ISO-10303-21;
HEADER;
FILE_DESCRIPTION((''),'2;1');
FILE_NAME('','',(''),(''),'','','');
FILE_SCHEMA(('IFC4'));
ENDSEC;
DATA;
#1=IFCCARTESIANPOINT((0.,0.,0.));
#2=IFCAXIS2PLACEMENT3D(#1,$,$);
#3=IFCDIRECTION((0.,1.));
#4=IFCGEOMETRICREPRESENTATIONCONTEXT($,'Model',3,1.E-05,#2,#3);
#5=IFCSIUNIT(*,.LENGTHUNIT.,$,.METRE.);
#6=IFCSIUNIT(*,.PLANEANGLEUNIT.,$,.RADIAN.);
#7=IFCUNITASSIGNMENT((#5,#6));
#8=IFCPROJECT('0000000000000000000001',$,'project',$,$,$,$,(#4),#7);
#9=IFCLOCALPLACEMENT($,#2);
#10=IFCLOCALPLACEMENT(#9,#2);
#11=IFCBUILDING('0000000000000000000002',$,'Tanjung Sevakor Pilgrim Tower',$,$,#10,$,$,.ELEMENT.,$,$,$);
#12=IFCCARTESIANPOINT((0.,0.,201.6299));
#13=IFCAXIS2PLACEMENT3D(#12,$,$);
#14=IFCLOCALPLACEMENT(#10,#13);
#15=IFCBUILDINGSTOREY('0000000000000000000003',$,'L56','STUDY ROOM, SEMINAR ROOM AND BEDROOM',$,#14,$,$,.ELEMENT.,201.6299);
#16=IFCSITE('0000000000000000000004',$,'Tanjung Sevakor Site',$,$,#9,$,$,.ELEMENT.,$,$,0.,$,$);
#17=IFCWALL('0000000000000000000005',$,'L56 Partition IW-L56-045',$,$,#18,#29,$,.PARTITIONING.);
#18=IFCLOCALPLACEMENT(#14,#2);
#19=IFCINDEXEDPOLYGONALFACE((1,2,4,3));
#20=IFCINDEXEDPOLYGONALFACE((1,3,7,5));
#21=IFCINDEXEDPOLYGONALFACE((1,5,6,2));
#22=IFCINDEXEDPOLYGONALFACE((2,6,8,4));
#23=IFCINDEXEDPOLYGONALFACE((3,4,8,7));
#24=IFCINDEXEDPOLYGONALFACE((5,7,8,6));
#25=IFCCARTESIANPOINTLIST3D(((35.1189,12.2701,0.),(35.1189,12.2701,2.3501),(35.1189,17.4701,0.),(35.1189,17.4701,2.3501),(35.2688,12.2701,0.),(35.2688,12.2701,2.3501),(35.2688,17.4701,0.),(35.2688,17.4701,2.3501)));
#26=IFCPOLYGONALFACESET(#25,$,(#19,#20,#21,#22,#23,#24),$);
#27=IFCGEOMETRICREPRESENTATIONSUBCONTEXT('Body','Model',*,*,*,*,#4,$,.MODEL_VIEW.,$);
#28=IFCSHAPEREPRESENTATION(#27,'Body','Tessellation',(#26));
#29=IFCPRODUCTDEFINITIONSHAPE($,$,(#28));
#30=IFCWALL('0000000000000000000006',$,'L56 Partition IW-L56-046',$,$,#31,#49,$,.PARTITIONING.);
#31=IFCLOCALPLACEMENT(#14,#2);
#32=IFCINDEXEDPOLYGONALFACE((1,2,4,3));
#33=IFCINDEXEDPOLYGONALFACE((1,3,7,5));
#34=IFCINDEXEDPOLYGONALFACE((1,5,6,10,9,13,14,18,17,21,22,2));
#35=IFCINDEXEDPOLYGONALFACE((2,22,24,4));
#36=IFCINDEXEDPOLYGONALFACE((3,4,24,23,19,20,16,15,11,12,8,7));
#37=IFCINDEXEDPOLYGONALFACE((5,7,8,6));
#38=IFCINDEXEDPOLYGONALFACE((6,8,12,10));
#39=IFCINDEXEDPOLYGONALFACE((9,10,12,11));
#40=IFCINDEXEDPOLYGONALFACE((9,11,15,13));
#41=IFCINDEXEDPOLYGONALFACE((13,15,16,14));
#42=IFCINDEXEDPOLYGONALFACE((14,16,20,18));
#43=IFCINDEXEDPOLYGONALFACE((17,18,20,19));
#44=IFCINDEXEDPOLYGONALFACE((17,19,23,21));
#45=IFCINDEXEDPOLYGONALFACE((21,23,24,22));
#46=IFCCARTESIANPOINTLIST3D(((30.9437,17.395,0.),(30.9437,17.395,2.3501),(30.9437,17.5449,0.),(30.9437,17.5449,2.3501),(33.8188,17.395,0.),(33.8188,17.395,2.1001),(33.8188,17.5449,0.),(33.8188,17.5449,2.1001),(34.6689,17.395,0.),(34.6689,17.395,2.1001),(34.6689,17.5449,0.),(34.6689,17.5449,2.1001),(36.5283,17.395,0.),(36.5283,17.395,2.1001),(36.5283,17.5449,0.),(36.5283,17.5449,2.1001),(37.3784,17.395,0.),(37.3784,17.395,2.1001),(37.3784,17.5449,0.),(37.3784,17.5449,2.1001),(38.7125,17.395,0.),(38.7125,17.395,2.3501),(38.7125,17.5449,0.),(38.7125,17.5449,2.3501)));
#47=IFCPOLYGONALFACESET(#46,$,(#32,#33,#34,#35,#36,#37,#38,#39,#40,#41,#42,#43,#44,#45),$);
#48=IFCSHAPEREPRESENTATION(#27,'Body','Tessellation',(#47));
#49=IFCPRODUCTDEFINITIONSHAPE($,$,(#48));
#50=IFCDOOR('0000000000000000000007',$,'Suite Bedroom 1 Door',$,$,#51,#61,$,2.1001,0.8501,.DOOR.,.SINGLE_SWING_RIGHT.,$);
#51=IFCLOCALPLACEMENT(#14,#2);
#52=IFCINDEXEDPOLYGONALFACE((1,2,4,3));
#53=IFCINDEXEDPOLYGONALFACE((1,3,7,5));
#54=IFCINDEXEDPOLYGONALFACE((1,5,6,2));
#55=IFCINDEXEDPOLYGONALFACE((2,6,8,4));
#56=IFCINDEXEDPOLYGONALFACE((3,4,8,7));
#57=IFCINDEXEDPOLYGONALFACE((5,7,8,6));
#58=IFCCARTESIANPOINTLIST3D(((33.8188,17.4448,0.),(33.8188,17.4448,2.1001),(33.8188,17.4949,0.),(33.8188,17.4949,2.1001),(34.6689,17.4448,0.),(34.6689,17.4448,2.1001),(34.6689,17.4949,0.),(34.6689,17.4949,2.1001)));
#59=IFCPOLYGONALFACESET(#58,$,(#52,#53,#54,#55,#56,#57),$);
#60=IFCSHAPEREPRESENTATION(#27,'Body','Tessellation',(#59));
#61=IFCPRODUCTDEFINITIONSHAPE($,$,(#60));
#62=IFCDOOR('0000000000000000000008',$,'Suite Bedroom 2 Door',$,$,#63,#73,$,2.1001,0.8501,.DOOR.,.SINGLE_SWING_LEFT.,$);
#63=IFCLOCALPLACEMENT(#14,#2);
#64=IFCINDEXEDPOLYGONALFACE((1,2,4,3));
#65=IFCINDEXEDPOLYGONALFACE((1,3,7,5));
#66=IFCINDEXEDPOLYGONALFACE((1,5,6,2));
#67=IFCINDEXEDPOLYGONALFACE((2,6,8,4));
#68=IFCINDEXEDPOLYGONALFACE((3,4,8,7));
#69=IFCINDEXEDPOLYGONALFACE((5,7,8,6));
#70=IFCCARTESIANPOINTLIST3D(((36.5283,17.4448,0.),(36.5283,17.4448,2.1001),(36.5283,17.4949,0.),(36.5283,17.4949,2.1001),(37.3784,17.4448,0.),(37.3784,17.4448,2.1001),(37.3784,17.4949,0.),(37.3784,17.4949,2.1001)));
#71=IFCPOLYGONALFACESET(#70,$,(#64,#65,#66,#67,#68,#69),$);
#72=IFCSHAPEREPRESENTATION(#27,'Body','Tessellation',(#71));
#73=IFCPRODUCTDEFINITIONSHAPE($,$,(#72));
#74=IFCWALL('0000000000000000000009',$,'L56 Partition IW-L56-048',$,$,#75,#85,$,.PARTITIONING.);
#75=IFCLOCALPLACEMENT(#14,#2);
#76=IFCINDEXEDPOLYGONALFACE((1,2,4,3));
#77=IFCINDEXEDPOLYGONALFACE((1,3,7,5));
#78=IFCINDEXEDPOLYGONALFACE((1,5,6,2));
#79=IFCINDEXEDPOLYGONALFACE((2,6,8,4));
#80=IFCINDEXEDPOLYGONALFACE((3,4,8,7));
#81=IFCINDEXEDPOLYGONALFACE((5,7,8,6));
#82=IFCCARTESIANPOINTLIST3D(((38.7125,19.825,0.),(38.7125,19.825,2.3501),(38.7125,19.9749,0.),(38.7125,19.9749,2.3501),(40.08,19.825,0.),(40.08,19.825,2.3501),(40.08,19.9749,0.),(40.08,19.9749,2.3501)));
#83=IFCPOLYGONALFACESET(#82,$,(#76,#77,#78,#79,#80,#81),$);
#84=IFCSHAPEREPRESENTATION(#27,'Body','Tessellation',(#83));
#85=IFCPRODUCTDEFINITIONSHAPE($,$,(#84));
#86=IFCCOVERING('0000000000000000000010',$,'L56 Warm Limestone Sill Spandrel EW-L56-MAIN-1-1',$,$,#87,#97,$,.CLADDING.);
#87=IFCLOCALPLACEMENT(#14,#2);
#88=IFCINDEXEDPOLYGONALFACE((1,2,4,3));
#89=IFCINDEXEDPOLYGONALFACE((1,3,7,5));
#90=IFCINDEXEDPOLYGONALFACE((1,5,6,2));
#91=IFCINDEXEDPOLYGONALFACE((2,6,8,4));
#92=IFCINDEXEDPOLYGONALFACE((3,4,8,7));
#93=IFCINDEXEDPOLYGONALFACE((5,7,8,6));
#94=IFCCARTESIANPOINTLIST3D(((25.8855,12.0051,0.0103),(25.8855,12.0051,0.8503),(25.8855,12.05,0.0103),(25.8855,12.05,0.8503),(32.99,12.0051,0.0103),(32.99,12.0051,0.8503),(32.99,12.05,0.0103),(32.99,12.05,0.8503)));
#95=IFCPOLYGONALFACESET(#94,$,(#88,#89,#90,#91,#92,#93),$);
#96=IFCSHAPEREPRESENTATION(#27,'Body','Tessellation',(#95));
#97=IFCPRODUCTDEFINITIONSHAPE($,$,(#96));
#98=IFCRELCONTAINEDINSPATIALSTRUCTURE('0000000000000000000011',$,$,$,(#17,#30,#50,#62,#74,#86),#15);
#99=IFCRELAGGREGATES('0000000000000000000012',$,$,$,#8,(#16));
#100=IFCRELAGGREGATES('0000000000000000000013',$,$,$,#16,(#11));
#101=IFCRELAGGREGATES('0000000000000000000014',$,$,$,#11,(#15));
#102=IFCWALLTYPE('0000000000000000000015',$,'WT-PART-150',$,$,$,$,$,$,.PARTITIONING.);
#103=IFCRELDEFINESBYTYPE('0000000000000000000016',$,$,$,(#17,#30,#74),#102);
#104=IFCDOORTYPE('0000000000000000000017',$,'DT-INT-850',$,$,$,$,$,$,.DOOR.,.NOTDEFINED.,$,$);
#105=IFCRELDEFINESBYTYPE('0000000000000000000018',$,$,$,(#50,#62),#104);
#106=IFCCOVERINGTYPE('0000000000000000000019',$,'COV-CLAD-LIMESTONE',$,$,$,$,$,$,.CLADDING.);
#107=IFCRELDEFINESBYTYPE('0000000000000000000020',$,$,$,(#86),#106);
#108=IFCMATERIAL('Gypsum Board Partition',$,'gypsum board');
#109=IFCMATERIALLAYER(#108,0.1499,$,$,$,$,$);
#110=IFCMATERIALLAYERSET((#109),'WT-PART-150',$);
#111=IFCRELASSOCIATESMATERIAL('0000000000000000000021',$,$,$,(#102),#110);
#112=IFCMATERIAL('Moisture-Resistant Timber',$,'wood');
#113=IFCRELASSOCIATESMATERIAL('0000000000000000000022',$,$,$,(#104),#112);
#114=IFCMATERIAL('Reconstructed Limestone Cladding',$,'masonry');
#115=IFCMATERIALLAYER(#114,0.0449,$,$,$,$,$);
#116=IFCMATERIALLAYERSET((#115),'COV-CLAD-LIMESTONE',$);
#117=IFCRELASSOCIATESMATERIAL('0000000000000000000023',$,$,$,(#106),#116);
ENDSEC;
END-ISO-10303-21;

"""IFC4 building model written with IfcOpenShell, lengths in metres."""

from ifc_helpers import new_model, si_unit, direction, frame, frame_2d, origin, origin_2d, place, context, subcontext, project, spatial, rectangle, extrude, material, layer, layer_set, type_object, element, fill, save


model = new_model("IFC4")

# Units and contexts
model_context = context("Model", 3, precision=1e-05, world=origin(), true_north=direction((0.0, 1.0)))
body_context = subcontext(model_context, "Body", "Model", "MODEL_VIEW")
ifc_project = project(units=[si_unit("LENGTHUNIT", "METRE"), si_unit("PLANEANGLEUNIT", "RADIAN")], contexts=[model_context])

# Site, building, storey
site_placement = place(None, origin())
site = spatial("IfcSite", under=ifc_project, at=site_placement, Name="Tanjung Sevakor Site", CompositionType="ELEMENT", RefElevation=0.0)
building_placement = place(site_placement, origin())
building = spatial("IfcBuilding", under=site, at=building_placement, Name="Tanjung Sevakor Pilgrim Tower", CompositionType="ELEMENT")
storey_placement = place(building_placement, frame((0.0, 0.0, 201.6299)))
storey = spatial("IfcBuildingStorey", under=building, at=storey_placement, Name="L56", Description="STUDY ROOM, SEMINAR ROOM AND BEDROOM", CompositionType="ELEMENT", Elevation=201.6299)

# Shared definitions
ifc_material_1 = material(Name="Gypsum Board Partition", Category="gypsum board")
ifc_layer_1 = layer(ifc_material_1, 0.1499)
ifc_layer_set_1 = layer_set([ifc_layer_1], Name="WT-PART-150")
wall_type_1 = type_object("IfcWallType", Name="WT-PART-150", PredefinedType="PARTITIONING", material=ifc_layer_set_1)

# Shared definitions
ifc_material_2 = material(Name="Moisture-Resistant Timber", Category="wood")
door_type_1 = type_object("IfcDoorType", Name="DT-INT-850", OperationType="NOTDEFINED", PredefinedType="DOOR", material=ifc_material_2)

# Wall
wall_1_placement = place(storey_placement, frame((35.1938, 12.27, 0.0), z_axis=(0.0, 0.0, 1.0), x_axis=(0.0, 1.0, 0.0)))
element("IfcWall", 1, at=wall_1_placement, inside=storey, type_object=wall_type_1, Name="L56 Partition IW-L56-045", PredefinedType="PARTITIONING", context=body_context, shape_type="SweptSolid", body=[
    extrude(rectangle(XDim=5.2, YDim=0.1499, at=frame_2d((2.6001, 0.0))), origin(), (0.0, 0.0, 1.0), 2.3501),
])

# Wall, openings, doors
wall_2_placement = place(storey_placement, frame((30.9438, 17.47, 0.0), z_axis=(0.0, 0.0, 1.0), x_axis=(1.0, 0.0, 0.0)))
wall_2 = element("IfcWall", 2, at=wall_2_placement, inside=storey, type_object=wall_type_1, Name="L56 Partition IW-L56-046", PredefinedType="PARTITIONING", context=body_context, shape_type="SweptSolid", body=[
    extrude(rectangle(XDim=7.7688, YDim=0.1499, at=frame_2d((3.8843, 0.0))), origin(), (0.0, 0.0, 1.0), 2.3501),
])
opening_1_placement = place(wall_2_placement, frame((2.875, 0.0, 0.0)))
opening_1 = element("IfcOpeningElement", 3, at=opening_1_placement, cuts=wall_2, PredefinedType="OPENING", context=body_context, shape_type="SweptSolid", body=[
    extrude(rectangle(XDim=0.8501, YDim=2.1001, at=frame_2d((0.425, 1.05))), frame((0.0, 0.085, 0.0), z_axis=(0.0, -1.0, 0.0), x_axis=(1.0, 0.0, 0.0)), (0.0, 0.0, 1.0), 0.1699),
])
opening_2_placement = place(wall_2_placement, frame((5.5845, 0.0, 0.0)))
opening_2 = element("IfcOpeningElement", 4, at=opening_2_placement, cuts=wall_2, PredefinedType="OPENING", context=body_context, shape_type="SweptSolid", body=[
    extrude(rectangle(XDim=0.8501, YDim=2.1001, at=frame_2d((0.425, 1.05))), frame((0.0, 0.085, 0.0), z_axis=(0.0, -1.0, 0.0), x_axis=(1.0, 0.0, 0.0)), (0.0, 0.0, 1.0), 0.1699),
])
door_1_placement = place(opening_1_placement, origin())
door_1 = element("IfcDoor", 5, at=door_1_placement, inside=storey, type_object=door_type_1, Name="Suite Bedroom 1 Door", OperationType="SINGLE_SWING_RIGHT", OverallHeight=2.1001, OverallWidth=0.8501, PredefinedType="DOOR", context=body_context, shape_type="SweptSolid", body=[
    extrude(rectangle(XDim=0.8501, YDim=2.1001, at=frame_2d((0.425, 1.05))), frame((0.0, 0.0249, 0.0), z_axis=(0.0, -1.0, 0.0), x_axis=(1.0, 0.0, 0.0)), (0.0, 0.0, 1.0), 0.05),
])
fill(opening_1, door_1)
door_2_placement = place(opening_2_placement, origin())
door_2 = element("IfcDoor", 6, at=door_2_placement, inside=storey, type_object=door_type_1, Name="Suite Bedroom 2 Door", OperationType="SINGLE_SWING_LEFT", OverallHeight=2.1001, OverallWidth=0.8501, PredefinedType="DOOR", context=body_context, shape_type="SweptSolid", body=[
    extrude(rectangle(XDim=0.8501, YDim=2.1001, at=frame_2d((0.425, 1.05))), frame((0.0, 0.0249, 0.0), z_axis=(0.0, -1.0, 0.0), x_axis=(1.0, 0.0, 0.0)), (0.0, 0.0, 1.0), 0.05),
])
fill(opening_2, door_2)

# Wall
wall_3_placement = place(storey_placement, frame((38.7126, 19.8999, 0.0), z_axis=(0.0, 0.0, 1.0), x_axis=(1.0, 0.0, 0.0)))
element("IfcWall", 7, at=wall_3_placement, inside=storey, type_object=wall_type_1, Name="L56 Partition IW-L56-048", PredefinedType="PARTITIONING", context=body_context, shape_type="SweptSolid", body=[
    extrude(rectangle(XDim=1.3674, YDim=0.1499, at=frame_2d((0.6836, 0.0))), origin(), (0.0, 0.0, 1.0), 2.3501),
])

# Covering
ifc_material_3 = material(Name="Reconstructed Limestone Cladding", Category="masonry")
ifc_layer_2 = layer(ifc_material_3, 0.0449)
ifc_layer_set_2 = layer_set([ifc_layer_2], Name="COV-CLAD-LIMESTONE")
covering_type = type_object("IfcCoveringType", Name="COV-CLAD-LIMESTONE", PredefinedType="CLADDING", material=ifc_layer_set_2)
covering_placement = place(storey_placement, frame((29.4377, 12.0276, 0.0103), z_axis=(0.0, 0.0, 1.0), x_axis=(1.0, 0.0, 0.0)))
element("IfcCovering", 8, at=covering_placement, inside=storey, type_object=covering_type, Name="L56 Warm Limestone Sill Spandrel EW-L56-MAIN-1-1", PredefinedType="CLADDING", context=body_context, shape_type="SweptSolid", body=[
    extrude(rectangle(XDim=7.1045, YDim=0.0449, at=origin_2d()), origin(), (0.0, 0.0, 1.0), 0.8401),
])

save(model, "model.ifc")
